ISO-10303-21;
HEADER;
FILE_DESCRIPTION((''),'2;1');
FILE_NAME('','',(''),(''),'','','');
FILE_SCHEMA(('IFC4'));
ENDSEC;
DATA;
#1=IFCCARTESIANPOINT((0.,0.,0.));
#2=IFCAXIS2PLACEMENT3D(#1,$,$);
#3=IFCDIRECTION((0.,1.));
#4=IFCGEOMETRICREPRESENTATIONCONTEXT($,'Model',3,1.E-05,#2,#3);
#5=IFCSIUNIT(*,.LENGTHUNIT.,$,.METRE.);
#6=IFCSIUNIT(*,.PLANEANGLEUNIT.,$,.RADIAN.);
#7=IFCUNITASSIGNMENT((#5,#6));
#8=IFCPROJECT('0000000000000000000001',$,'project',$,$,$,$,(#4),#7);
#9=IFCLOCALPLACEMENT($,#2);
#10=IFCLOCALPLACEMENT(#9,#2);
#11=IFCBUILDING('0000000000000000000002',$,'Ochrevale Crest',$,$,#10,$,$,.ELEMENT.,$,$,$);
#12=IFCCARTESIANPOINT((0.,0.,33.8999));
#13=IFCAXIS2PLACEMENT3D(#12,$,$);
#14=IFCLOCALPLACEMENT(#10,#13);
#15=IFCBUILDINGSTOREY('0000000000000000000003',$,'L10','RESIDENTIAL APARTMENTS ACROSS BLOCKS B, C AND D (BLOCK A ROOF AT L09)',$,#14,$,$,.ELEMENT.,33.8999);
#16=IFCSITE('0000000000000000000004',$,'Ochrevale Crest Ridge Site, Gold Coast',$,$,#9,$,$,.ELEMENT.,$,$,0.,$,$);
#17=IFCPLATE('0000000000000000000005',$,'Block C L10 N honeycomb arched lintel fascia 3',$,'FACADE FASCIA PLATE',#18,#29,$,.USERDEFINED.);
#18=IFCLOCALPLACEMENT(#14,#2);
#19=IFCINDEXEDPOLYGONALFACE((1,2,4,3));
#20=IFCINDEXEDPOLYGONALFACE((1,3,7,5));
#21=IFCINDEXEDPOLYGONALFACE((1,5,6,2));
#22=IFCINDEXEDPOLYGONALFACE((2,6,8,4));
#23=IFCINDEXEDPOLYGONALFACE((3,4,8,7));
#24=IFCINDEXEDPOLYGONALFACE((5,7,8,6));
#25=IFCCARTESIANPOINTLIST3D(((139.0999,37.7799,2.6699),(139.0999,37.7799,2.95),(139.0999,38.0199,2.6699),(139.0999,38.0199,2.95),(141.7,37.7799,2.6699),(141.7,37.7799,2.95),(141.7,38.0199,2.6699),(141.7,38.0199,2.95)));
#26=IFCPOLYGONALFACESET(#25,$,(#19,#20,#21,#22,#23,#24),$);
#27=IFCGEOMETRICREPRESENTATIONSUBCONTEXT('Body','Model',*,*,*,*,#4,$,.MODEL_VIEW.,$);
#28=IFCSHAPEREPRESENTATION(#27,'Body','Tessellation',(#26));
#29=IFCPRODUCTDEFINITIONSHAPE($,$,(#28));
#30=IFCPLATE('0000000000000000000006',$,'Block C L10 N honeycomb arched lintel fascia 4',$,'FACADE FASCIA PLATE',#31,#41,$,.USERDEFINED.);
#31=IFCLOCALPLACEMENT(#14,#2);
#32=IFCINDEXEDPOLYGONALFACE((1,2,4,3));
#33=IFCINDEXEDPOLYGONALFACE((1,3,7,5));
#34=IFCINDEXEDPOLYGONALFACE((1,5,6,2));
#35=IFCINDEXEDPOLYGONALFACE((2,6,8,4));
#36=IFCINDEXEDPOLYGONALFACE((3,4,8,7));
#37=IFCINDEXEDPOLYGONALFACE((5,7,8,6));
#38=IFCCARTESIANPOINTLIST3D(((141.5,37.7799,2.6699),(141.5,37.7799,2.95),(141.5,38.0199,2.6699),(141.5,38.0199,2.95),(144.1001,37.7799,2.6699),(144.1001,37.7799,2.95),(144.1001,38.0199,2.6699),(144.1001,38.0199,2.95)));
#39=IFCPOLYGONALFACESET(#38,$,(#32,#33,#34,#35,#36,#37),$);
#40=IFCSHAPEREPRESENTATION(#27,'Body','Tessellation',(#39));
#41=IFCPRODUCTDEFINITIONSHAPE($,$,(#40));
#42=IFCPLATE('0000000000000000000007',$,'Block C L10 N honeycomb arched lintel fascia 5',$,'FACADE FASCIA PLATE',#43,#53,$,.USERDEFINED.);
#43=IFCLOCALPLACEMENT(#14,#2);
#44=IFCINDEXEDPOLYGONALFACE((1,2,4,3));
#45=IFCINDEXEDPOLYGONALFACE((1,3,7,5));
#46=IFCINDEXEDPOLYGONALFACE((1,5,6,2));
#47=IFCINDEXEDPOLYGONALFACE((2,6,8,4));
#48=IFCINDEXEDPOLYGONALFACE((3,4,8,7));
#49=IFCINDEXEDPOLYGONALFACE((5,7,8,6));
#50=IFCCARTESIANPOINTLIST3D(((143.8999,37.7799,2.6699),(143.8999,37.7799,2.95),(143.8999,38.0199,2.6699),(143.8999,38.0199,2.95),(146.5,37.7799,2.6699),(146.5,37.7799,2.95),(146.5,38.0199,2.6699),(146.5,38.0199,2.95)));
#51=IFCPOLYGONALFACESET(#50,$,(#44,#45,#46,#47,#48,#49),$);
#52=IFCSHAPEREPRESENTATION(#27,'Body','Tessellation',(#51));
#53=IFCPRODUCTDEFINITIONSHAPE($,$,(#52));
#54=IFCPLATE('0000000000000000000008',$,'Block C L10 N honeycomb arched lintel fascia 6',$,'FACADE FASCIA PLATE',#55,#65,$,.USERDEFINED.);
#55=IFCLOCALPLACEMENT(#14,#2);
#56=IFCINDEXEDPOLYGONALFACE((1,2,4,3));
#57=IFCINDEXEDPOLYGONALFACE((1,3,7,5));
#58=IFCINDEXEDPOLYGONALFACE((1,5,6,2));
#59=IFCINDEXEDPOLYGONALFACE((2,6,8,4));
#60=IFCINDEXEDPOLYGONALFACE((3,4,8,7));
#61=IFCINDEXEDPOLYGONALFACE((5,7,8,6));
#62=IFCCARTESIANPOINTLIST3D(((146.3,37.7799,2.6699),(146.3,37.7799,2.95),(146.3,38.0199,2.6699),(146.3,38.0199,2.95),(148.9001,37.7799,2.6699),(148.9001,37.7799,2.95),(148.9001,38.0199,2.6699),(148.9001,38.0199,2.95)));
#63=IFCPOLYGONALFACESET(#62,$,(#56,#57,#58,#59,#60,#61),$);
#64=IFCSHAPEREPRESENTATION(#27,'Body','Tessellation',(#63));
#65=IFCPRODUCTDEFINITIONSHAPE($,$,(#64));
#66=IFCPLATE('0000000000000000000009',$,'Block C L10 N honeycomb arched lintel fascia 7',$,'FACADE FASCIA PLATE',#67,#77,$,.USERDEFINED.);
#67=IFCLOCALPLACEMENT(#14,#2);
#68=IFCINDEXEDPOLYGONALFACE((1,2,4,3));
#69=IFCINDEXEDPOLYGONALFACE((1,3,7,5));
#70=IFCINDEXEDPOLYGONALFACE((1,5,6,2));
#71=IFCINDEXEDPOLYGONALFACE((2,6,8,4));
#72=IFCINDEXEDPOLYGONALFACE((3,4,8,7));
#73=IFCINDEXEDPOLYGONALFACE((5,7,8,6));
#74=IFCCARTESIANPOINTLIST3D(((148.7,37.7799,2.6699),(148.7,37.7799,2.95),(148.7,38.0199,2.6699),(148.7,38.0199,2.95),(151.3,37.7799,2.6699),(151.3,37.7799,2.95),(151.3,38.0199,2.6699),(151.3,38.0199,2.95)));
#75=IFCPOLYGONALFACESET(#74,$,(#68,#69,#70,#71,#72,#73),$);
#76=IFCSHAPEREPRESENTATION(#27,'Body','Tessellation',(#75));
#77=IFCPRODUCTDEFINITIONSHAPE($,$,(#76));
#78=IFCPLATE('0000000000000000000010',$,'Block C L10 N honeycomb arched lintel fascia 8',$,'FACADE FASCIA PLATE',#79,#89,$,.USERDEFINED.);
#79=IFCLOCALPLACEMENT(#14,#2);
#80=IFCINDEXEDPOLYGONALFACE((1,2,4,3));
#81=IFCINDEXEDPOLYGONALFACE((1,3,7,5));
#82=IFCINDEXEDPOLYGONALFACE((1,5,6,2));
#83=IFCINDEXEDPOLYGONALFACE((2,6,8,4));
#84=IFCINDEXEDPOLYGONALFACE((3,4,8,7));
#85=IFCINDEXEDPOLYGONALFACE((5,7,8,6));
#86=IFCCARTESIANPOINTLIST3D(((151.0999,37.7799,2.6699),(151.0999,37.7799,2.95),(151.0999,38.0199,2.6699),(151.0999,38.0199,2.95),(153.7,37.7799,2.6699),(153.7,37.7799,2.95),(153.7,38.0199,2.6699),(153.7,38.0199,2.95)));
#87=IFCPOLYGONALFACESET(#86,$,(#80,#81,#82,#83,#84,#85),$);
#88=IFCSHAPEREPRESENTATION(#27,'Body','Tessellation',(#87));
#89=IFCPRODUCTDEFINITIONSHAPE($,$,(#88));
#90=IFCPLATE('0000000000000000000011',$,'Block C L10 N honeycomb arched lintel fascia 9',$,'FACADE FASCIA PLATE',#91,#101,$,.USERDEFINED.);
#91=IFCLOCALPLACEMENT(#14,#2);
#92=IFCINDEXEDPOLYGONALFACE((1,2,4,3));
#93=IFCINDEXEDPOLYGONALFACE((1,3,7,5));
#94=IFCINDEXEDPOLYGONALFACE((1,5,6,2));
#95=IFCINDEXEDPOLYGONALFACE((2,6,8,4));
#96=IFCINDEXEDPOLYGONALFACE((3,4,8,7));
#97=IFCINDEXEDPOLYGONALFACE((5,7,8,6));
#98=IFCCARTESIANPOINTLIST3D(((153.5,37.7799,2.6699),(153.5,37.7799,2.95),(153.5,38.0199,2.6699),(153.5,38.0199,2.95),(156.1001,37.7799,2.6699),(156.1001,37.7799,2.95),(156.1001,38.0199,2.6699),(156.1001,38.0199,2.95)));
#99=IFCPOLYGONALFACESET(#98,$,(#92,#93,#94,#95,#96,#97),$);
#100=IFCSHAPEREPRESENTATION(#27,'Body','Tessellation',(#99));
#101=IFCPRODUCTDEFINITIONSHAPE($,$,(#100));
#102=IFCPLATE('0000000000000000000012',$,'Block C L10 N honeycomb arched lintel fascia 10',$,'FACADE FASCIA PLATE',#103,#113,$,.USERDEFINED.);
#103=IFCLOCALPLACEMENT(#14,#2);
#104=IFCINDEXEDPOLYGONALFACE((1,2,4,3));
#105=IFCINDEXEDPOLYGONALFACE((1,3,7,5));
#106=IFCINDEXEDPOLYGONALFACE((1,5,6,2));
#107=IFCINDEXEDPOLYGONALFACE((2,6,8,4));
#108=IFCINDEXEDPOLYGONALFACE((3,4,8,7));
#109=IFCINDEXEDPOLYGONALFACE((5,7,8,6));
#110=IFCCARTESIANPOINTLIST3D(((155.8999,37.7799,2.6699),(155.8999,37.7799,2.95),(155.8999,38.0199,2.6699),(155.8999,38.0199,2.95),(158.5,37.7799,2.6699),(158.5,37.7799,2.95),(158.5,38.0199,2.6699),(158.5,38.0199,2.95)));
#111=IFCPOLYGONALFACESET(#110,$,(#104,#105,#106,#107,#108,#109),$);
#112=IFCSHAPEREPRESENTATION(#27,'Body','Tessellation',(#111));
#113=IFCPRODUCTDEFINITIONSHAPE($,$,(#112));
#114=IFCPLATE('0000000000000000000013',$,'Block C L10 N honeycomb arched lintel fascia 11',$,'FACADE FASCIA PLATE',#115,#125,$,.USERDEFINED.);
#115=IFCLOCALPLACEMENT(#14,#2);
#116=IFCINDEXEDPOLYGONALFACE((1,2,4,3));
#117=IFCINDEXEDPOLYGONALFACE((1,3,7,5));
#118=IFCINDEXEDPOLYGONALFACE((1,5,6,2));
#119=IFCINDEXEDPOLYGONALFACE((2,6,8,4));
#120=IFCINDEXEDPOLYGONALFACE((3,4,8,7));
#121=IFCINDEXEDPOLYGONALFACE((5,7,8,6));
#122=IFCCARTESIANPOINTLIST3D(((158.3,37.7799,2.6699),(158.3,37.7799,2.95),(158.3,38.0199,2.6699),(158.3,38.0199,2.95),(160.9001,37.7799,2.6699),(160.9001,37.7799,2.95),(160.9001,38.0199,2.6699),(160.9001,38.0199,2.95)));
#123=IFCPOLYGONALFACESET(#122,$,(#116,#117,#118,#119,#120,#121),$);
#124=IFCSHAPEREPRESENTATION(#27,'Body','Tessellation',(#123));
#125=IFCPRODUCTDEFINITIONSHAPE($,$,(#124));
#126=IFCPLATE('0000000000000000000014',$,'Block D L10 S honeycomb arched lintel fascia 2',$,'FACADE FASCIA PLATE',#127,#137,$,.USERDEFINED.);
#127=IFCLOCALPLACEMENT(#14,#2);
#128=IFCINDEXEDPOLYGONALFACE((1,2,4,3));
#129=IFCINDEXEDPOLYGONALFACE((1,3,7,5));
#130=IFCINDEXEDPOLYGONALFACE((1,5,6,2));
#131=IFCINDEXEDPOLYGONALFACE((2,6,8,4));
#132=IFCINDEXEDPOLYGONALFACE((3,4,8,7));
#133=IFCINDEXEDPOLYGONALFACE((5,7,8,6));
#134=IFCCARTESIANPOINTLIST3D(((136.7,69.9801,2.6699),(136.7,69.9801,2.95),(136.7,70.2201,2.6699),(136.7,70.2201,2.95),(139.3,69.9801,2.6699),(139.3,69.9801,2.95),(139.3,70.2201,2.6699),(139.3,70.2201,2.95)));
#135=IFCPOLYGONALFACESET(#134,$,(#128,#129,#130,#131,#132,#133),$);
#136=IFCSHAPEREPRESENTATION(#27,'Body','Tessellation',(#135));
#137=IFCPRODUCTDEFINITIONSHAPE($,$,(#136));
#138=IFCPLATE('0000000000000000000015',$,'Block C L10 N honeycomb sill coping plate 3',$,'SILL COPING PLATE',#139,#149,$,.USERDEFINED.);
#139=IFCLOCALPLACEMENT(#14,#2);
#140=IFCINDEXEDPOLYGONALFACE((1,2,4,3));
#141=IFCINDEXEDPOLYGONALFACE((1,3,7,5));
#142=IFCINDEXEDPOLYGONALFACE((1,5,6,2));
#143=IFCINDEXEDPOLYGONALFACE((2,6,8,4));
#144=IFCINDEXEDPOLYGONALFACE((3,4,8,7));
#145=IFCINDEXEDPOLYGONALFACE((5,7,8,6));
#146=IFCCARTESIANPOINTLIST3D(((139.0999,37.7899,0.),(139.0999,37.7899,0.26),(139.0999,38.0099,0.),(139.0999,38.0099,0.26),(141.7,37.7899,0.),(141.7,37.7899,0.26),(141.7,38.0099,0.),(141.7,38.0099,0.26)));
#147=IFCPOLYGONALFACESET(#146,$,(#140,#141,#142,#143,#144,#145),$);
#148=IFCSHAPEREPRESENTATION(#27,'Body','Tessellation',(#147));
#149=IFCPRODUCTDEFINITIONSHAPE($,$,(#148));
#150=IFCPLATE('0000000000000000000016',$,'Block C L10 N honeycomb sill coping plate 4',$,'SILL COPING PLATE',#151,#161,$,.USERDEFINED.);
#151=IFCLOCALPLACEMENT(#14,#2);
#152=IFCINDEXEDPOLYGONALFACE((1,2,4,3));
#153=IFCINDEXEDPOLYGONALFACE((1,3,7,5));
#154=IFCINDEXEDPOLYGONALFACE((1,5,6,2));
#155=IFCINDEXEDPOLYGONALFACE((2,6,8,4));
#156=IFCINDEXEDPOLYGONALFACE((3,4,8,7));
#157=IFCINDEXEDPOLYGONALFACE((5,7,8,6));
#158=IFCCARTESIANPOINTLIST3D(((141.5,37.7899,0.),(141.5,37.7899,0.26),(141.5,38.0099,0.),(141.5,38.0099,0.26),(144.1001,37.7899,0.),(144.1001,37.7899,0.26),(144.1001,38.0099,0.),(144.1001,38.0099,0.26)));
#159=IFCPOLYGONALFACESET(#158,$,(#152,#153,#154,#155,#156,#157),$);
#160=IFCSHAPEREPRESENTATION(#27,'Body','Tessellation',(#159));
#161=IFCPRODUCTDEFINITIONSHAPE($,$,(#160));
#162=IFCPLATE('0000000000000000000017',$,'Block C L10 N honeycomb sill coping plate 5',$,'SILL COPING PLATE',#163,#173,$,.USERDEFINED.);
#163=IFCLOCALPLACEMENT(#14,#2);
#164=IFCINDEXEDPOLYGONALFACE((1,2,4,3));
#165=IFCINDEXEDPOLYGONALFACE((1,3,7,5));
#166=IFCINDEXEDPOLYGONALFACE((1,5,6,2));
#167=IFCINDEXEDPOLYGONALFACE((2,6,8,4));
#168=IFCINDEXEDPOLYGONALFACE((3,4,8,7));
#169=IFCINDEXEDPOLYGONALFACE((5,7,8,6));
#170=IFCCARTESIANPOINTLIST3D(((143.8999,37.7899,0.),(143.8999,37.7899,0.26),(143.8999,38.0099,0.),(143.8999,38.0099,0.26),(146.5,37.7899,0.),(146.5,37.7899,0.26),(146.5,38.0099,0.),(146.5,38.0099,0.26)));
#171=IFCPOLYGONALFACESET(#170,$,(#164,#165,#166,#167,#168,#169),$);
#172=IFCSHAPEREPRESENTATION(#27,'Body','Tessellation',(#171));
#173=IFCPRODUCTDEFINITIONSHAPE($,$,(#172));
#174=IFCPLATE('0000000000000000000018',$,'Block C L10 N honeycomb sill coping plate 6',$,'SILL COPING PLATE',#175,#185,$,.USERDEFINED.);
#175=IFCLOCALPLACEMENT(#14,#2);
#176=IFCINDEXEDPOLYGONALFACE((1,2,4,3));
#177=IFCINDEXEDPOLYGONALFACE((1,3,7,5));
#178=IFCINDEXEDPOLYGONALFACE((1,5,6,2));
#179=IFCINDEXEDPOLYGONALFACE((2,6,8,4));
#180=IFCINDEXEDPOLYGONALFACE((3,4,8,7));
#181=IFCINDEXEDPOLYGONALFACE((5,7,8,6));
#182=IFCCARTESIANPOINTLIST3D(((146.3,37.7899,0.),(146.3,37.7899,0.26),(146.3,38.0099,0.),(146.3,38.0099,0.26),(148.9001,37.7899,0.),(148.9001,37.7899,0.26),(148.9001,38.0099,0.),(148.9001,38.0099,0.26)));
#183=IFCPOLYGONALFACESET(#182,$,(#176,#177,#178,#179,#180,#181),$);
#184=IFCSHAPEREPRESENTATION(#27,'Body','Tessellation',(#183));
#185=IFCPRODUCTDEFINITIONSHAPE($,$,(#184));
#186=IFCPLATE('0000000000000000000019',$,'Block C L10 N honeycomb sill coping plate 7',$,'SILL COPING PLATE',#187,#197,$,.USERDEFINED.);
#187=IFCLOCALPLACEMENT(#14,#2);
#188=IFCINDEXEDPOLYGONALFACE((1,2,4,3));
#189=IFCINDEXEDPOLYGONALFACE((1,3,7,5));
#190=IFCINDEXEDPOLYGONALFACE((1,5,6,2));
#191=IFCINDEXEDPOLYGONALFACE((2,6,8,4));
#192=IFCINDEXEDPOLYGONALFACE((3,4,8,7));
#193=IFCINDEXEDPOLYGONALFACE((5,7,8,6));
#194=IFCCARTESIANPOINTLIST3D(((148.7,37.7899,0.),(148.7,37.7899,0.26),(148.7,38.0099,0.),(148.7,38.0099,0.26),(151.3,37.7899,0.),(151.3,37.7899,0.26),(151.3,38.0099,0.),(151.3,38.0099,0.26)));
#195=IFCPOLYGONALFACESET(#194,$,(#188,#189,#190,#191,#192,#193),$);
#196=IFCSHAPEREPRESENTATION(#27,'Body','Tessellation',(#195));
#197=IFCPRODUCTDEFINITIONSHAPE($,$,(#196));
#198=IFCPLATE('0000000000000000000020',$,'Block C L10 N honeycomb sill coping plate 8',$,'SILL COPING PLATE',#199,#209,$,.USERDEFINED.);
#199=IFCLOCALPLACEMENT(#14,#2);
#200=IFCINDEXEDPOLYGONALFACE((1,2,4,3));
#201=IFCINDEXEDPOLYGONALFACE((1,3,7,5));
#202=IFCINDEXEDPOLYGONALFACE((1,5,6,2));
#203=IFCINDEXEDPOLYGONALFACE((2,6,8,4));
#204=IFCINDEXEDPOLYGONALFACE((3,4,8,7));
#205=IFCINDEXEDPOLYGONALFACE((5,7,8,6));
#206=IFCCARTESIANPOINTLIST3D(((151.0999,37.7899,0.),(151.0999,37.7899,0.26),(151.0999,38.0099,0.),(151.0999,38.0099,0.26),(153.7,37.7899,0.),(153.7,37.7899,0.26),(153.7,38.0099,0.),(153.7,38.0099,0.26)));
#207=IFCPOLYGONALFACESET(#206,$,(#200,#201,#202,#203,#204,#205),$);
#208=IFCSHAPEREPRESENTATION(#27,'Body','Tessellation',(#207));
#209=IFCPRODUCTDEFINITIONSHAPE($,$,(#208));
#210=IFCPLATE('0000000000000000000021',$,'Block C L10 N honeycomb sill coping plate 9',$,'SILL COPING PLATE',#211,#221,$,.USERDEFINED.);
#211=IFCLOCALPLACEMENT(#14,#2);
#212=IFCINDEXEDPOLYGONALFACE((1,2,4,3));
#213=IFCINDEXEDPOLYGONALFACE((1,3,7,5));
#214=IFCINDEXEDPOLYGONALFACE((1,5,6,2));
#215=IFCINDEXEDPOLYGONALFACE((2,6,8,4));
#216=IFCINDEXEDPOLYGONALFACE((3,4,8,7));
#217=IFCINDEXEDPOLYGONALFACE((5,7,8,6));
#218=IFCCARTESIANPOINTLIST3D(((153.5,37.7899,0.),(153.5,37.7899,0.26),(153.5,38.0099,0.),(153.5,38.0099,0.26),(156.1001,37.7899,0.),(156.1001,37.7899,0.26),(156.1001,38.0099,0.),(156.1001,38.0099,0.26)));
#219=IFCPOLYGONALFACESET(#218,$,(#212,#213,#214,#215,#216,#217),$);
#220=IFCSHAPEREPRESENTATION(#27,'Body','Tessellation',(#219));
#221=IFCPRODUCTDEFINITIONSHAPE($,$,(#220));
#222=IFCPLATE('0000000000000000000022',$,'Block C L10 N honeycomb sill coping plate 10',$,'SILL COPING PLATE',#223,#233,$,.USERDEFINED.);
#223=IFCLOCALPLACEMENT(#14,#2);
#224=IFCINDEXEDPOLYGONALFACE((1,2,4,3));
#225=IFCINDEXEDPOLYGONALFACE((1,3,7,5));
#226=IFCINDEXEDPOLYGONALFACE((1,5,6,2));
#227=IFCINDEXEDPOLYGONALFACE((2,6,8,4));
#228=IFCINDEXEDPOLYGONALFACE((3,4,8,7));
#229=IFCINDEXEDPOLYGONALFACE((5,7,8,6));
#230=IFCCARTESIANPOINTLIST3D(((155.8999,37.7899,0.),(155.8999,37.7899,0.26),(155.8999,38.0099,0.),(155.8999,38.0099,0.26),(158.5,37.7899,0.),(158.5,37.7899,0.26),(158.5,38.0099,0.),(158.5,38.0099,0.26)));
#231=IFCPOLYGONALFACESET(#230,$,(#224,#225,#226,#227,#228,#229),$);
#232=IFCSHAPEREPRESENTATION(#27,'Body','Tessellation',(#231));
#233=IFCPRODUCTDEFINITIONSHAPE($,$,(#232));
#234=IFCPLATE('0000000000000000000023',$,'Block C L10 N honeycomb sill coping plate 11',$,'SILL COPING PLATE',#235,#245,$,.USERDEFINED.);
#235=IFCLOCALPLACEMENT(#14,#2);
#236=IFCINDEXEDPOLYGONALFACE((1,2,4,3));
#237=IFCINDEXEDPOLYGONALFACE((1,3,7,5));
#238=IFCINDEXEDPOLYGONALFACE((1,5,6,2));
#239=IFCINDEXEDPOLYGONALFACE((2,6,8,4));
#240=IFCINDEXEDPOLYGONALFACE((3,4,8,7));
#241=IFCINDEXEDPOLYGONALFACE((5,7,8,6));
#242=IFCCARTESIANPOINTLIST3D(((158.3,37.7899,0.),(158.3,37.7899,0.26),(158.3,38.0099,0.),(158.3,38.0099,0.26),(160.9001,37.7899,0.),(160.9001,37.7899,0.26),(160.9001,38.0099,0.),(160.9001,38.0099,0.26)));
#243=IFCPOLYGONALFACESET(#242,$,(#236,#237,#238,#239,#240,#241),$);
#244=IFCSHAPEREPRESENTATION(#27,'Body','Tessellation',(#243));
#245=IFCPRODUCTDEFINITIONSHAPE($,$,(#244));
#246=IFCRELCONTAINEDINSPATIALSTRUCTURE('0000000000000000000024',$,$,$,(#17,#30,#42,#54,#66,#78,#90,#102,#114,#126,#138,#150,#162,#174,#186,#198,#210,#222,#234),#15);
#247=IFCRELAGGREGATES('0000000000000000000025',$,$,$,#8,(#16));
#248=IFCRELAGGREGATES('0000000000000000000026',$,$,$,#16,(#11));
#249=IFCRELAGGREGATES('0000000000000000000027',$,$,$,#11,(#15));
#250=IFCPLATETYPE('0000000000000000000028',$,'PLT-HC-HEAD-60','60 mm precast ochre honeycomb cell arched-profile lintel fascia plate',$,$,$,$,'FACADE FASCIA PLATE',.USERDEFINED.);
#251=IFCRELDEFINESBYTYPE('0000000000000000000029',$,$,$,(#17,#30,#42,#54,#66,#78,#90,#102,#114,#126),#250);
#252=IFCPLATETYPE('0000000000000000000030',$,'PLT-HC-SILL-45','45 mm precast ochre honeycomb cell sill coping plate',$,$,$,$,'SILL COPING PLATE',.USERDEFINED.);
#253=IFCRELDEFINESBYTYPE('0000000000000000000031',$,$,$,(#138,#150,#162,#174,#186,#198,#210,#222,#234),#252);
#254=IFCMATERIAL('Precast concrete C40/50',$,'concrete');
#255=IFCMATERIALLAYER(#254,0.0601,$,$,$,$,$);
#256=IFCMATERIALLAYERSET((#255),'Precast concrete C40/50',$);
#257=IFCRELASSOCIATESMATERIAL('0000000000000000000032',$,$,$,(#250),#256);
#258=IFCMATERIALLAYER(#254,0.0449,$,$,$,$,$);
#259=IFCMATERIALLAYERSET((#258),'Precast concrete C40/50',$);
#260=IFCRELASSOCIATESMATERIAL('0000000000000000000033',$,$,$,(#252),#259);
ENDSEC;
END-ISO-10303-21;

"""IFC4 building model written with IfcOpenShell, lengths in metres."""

from ifc_helpers import new_model, si_unit, direction, frame, origin, origin_2d, place, context, subcontext, project, spatial, rectangle, extrude, material, layer, layer_set, type_object, element, save


model = new_model("IFC4")

# Units and contexts
model_context = context("Model", 3, precision=1e-05, world=origin(), true_north=direction((0.0, 1.0)))
body_context = subcontext(model_context, "Body", "Model", "MODEL_VIEW")
ifc_project = project(units=[si_unit("LENGTHUNIT", "METRE"), si_unit("PLANEANGLEUNIT", "RADIAN")], contexts=[model_context])

# Site, building, storey
site_placement = place(None, origin())
site = spatial("IfcSite", under=ifc_project, at=site_placement, Name="Ochrevale Crest Ridge Site, Gold Coast", CompositionType="ELEMENT", RefElevation=0.0)
building_placement = place(site_placement, origin())
building = spatial("IfcBuilding", under=site, at=building_placement, Name="Ochrevale Crest", CompositionType="ELEMENT")
storey_placement = place(building_placement, frame((0.0, 0.0, 33.8999)))
storey = spatial("IfcBuildingStorey", under=building, at=storey_placement, Name="L10", Description="RESIDENTIAL APARTMENTS ACROSS BLOCKS B, C AND D (BLOCK A ROOF AT L09)", CompositionType="ELEMENT", Elevation=33.8999)

# Plates
ifc_material_1 = material(Name="Precast concrete C40/50", Category="concrete")
ifc_layer_1 = layer(ifc_material_1, 0.0601)
ifc_layer_set_1 = layer_set([ifc_layer_1], Name="Precast concrete C40/50")
plate_type_1 = type_object("IfcPlateType", Name="PLT-HC-HEAD-60", Description="60 mm precast ochre honeycomb cell arched-profile lintel fascia plate", ElementType="FACADE FASCIA PLATE", PredefinedType="USERDEFINED", material=ifc_layer_set_1)
for number, where, z_axis, x_axis, name in (
    (1, (140.3999, 37.8999, 2.6699), (0.0, 0.0, 1.0), (1.0, 0.0, 0.0), "Block C L10 N honeycomb arched lintel fascia 3"),
    (2, (142.8, 37.8999, 2.6699), (0.0, 0.0, 1.0), (1.0, 0.0, 0.0), "Block C L10 N honeycomb arched lintel fascia 4"),
    (3, (145.2, 37.8999, 2.6699), (0.0, 0.0, 1.0), (1.0, 0.0, 0.0), "Block C L10 N honeycomb arched lintel fascia 5"),
    (4, (147.6001, 37.8999, 2.6699), (0.0, 0.0, 1.0), (1.0, 0.0, 0.0), "Block C L10 N honeycomb arched lintel fascia 6"),
    (5, (150.0, 37.8999, 2.6699), (0.0, 0.0, 1.0), (1.0, 0.0, 0.0), "Block C L10 N honeycomb arched lintel fascia 7"),
    (6, (152.3999, 37.8999, 2.6699), (0.0, 0.0, 1.0), (1.0, 0.0, 0.0), "Block C L10 N honeycomb arched lintel fascia 8"),
    (7, (154.8, 37.8999, 2.6699), (0.0, 0.0, 1.0), (1.0, 0.0, 0.0), "Block C L10 N honeycomb arched lintel fascia 9"),
    (8, (157.2, 37.8999, 2.6699), (0.0, 0.0, 1.0), (1.0, 0.0, 0.0), "Block C L10 N honeycomb arched lintel fascia 10"),
    (9, (159.6001, 37.8999, 2.6699), (0.0, 0.0, 1.0), (1.0, 0.0, 0.0), "Block C L10 N honeycomb arched lintel fascia 11"),
    (10, (138.0, 70.1001, 2.6699), (0.0, 0.0, 1.0), (1.0, 0.0, 0.0), "Block D L10 S honeycomb arched lintel fascia 2"),
):
    element("IfcPlate", number, at=place(storey_placement, frame(where, z_axis=z_axis, x_axis=x_axis)), inside=storey, type_object=plate_type_1, Name=name, ObjectType="FACADE FASCIA PLATE", PredefinedType="USERDEFINED", context=body_context, shape_type="SweptSolid", body=[
        extrude(rectangle(XDim=2.6001, YDim=0.24, at=origin_2d()), origin(), (0.0, 0.0, 1.0), 0.28),
    ])
ifc_layer_2 = layer(ifc_material_1, 0.0449)
ifc_layer_set_2 = layer_set([ifc_layer_2], Name="Precast concrete C40/50")
plate_type_2 = type_object("IfcPlateType", Name="PLT-HC-SILL-45", Description="45 mm precast ochre honeycomb cell sill coping plate", ElementType="SILL COPING PLATE", PredefinedType="USERDEFINED", material=ifc_layer_set_2)
for number, where, z_axis, x_axis, name in (
    (11, (140.3999, 37.8999, 0.0), (0.0, 0.0, 1.0), (1.0, 0.0, 0.0), "Block C L10 N honeycomb sill coping plate 3"),
    (12, (142.8, 37.8999, 0.0), (0.0, 0.0, 1.0), (1.0, 0.0, 0.0), "Block C L10 N honeycomb sill coping plate 4"),
    (13, (145.2, 37.8999, 0.0), (0.0, 0.0, 1.0), (1.0, 0.0, 0.0), "Block C L10 N honeycomb sill coping plate 5"),
    (14, (147.6001, 37.8999, 0.0), (0.0, 0.0, 1.0), (1.0, 0.0, 0.0), "Block C L10 N honeycomb sill coping plate 6"),
    (15, (150.0, 37.8999, 0.0), (0.0, 0.0, 1.0), (1.0, 0.0, 0.0), "Block C L10 N honeycomb sill coping plate 7"),
    (16, (152.3999, 37.8999, 0.0), (0.0, 0.0, 1.0), (1.0, 0.0, 0.0), "Block C L10 N honeycomb sill coping plate 8"),
    (17, (154.8, 37.8999, 0.0), (0.0, 0.0, 1.0), (1.0, 0.0, 0.0), "Block C L10 N honeycomb sill coping plate 9"),
    (18, (157.2, 37.8999, 0.0), (0.0, 0.0, 1.0), (1.0, 0.0, 0.0), "Block C L10 N honeycomb sill coping plate 10"),
    (19, (159.6001, 37.8999, 0.0), (0.0, 0.0, 1.0), (1.0, 0.0, 0.0), "Block C L10 N honeycomb sill coping plate 11"),
):
    element("IfcPlate", number, at=place(storey_placement, frame(where, z_axis=z_axis, x_axis=x_axis)), inside=storey, type_object=plate_type_2, Name=name, ObjectType="SILL COPING PLATE", PredefinedType="USERDEFINED", context=body_context, shape_type="SweptSolid", body=[
        extrude(rectangle(XDim=2.6001, YDim=0.22, at=origin_2d()), origin(), (0.0, 0.0, 1.0), 0.26),
    ])

save(model, "model.ifc")
